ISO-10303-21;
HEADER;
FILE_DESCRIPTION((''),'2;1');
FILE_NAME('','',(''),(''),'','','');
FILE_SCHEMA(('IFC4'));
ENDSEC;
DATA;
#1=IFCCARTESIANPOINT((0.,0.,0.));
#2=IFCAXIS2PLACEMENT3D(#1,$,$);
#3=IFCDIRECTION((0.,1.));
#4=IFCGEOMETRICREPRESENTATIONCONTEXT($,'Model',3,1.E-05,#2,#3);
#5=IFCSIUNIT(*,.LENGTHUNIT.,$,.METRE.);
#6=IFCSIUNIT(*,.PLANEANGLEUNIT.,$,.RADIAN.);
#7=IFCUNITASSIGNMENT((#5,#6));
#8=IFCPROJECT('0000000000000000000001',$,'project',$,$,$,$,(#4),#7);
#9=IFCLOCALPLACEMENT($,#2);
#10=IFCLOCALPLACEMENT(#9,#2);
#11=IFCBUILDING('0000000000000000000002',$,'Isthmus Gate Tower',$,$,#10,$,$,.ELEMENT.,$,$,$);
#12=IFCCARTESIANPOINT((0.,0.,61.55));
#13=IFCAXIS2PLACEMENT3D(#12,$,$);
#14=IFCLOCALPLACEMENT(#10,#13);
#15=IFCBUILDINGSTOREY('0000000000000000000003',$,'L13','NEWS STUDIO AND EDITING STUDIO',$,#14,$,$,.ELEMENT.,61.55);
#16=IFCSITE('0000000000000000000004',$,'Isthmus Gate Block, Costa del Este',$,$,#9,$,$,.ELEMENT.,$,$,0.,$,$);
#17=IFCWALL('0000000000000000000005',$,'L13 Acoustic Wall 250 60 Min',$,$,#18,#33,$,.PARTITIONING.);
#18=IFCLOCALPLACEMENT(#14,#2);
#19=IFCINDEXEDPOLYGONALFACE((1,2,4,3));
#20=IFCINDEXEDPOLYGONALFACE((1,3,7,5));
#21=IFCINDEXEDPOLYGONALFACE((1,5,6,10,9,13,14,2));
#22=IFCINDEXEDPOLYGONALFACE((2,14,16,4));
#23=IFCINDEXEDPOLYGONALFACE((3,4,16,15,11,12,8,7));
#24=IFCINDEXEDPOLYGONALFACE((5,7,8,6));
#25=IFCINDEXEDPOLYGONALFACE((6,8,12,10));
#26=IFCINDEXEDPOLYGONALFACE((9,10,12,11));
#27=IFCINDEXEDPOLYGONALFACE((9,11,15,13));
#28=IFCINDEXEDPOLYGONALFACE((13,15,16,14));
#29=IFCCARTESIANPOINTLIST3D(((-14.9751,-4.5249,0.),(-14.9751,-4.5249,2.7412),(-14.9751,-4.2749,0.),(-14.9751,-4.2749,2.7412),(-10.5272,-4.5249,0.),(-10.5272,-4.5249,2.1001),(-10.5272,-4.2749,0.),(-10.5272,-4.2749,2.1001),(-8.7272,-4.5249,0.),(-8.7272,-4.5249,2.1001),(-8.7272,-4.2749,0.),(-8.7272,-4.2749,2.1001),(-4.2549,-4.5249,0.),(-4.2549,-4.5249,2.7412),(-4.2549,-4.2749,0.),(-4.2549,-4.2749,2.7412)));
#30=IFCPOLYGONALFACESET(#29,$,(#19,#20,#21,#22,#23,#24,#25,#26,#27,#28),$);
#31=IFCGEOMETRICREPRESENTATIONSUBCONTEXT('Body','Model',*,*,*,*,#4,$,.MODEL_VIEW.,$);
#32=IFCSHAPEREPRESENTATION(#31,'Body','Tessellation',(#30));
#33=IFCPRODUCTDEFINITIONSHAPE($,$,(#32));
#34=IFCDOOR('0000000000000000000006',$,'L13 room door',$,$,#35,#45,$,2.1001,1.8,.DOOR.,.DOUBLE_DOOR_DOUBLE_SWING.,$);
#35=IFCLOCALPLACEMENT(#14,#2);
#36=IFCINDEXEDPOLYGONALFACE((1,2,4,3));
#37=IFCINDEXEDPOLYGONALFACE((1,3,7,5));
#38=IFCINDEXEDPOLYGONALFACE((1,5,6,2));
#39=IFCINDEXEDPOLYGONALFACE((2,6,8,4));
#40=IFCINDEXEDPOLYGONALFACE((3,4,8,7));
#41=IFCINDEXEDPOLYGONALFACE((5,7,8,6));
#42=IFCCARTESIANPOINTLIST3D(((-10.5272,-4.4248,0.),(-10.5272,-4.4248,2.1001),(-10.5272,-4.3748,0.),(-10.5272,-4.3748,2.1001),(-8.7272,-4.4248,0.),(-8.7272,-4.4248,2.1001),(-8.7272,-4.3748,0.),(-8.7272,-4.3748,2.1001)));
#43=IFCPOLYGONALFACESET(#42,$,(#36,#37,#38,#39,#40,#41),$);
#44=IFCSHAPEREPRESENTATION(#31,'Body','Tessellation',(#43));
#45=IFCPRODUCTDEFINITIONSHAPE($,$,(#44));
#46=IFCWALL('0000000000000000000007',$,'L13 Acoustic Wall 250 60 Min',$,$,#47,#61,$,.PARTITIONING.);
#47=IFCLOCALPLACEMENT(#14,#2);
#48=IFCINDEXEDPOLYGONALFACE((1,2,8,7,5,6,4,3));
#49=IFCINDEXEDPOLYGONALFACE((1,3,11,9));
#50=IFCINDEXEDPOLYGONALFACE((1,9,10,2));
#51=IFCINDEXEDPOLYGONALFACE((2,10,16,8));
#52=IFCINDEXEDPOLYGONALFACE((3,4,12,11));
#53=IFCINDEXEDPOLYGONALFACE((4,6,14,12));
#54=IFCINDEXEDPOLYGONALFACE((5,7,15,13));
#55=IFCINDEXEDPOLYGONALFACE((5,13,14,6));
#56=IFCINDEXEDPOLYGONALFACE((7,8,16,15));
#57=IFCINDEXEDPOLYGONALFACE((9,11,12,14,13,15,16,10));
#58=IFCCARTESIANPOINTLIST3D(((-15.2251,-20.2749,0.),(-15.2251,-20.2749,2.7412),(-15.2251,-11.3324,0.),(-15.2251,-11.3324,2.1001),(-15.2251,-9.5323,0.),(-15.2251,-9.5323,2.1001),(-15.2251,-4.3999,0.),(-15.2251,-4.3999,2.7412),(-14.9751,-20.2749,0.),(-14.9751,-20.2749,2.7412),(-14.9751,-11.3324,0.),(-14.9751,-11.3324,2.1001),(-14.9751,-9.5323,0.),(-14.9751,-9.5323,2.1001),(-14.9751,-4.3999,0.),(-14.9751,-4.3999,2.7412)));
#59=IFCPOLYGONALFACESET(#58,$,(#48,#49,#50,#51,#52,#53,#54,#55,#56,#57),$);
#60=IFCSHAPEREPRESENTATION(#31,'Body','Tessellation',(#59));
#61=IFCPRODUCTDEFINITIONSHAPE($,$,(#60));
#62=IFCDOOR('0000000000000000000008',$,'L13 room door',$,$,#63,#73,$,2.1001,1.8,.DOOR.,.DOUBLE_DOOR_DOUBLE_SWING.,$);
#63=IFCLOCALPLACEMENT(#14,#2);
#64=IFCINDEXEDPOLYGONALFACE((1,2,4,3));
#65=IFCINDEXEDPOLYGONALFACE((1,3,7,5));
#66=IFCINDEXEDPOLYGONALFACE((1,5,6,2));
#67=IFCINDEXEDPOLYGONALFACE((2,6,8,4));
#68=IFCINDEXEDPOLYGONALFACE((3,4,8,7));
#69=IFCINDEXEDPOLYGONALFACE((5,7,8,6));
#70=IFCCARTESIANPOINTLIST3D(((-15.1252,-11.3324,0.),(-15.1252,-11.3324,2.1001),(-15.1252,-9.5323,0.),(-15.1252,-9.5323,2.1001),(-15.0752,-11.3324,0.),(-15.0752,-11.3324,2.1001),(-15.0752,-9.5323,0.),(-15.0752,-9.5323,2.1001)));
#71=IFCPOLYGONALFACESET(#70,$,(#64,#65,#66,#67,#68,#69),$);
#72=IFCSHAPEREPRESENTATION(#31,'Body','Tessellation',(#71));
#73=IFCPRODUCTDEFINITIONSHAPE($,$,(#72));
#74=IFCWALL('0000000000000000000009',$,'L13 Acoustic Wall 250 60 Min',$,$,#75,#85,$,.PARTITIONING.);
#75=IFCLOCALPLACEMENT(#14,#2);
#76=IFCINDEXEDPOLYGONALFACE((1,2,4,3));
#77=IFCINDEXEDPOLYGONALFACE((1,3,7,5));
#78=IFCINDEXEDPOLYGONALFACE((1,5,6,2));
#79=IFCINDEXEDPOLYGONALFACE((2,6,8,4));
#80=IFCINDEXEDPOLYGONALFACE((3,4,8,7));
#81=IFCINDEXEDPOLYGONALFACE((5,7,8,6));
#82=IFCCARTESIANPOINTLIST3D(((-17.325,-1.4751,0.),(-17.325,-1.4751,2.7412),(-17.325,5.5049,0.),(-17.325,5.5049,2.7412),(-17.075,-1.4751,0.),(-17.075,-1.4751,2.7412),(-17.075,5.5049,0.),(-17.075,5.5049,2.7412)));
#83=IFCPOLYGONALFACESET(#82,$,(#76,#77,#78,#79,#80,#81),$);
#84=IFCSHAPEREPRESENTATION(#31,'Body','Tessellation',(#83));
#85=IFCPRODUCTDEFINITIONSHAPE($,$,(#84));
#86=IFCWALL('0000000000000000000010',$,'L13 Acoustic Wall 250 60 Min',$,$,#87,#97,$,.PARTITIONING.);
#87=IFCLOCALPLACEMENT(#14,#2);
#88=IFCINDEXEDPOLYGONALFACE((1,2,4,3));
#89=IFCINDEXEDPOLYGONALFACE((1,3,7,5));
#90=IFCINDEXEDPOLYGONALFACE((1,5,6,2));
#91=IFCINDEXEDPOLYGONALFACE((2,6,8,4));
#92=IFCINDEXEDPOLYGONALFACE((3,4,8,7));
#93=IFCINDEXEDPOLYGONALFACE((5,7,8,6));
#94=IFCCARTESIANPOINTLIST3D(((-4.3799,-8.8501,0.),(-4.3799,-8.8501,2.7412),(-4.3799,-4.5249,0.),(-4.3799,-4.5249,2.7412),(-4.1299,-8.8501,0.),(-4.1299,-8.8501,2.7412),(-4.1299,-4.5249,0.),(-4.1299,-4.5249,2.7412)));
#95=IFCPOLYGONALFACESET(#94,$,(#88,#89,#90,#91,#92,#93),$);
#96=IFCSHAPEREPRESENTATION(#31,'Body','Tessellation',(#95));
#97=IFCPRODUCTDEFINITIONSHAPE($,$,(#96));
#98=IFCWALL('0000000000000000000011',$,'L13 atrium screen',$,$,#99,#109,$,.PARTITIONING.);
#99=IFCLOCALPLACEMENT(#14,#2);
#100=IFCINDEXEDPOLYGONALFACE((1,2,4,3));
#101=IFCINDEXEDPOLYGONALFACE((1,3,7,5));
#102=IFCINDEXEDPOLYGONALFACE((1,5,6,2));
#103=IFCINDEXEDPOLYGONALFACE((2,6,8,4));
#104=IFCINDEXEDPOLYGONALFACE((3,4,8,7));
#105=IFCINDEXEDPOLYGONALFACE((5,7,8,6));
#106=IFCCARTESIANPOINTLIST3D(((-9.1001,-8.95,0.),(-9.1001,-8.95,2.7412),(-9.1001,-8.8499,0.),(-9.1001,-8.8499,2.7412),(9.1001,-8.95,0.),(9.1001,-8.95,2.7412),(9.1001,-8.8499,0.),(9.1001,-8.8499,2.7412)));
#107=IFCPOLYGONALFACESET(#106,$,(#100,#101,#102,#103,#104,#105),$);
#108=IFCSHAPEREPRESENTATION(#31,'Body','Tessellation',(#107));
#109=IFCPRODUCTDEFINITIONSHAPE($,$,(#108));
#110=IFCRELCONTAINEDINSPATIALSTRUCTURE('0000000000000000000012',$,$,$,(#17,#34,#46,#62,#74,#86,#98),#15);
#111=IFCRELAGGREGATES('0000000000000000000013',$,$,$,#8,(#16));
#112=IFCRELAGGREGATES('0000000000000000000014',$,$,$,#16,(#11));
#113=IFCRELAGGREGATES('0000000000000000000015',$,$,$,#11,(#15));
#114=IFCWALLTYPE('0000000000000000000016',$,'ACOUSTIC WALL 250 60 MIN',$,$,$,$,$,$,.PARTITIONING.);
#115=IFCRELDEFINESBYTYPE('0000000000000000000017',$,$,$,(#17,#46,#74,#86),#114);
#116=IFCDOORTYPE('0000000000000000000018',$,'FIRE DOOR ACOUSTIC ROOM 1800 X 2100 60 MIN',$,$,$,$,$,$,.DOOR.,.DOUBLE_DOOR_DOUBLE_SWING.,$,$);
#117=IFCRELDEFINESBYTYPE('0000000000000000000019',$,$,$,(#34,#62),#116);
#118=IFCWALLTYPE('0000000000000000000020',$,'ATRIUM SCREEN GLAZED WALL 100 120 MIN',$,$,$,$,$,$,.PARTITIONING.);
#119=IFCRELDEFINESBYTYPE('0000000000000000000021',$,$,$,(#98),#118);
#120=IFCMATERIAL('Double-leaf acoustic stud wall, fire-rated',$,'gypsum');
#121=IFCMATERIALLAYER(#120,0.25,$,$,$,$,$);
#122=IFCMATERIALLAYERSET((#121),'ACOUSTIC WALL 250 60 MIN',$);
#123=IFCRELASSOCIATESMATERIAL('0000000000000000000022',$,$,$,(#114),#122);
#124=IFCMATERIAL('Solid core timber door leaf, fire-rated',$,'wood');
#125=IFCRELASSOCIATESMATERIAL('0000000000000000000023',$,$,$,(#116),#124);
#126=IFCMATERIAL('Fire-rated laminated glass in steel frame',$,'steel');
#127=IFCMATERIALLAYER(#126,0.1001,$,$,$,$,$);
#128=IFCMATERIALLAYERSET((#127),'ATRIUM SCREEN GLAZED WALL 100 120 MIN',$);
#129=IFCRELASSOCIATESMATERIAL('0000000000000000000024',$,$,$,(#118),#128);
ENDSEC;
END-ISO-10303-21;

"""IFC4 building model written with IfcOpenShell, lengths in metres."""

from ifc_helpers import new_model, si_unit, direction, frame, frame_2d, origin, place, context, subcontext, project, spatial, rectangle, extrude, material, layer, layer_set, type_object, element, fill, save


model = new_model("IFC4")

# Units and contexts
model_context = context("Model", 3, precision=1e-05, world=origin(), true_north=direction((0.0, 1.0)))
body_context = subcontext(model_context, "Body", "Model", "MODEL_VIEW")
ifc_project = project(units=[si_unit("LENGTHUNIT", "METRE"), si_unit("PLANEANGLEUNIT", "RADIAN")], contexts=[model_context])

# Site, building, storey
site_placement = place(None, origin())
site = spatial("IfcSite", under=ifc_project, at=site_placement, Name="Isthmus Gate Block, Costa del Este", CompositionType="ELEMENT", RefElevation=0.0)
building_placement = place(site_placement, origin())
building = spatial("IfcBuilding", under=site, at=building_placement, Name="Isthmus Gate Tower", CompositionType="ELEMENT")
storey_placement = place(building_placement, frame((0.0, 0.0, 61.55)))
storey = spatial("IfcBuildingStorey", under=building, at=storey_placement, Name="L13", Description="NEWS STUDIO AND EDITING STUDIO", CompositionType="ELEMENT", Elevation=61.55)

# Walls, openings, doors
ifc_material_1 = material(Name="Double-leaf acoustic stud wall, fire-rated", Category="gypsum")
ifc_layer_1 = layer(ifc_material_1, 0.25)
ifc_layer_set_1 = layer_set([ifc_layer_1], Name="ACOUSTIC WALL 250 60 MIN")
wall_type_1 = type_object("IfcWallType", Name="ACOUSTIC WALL 250 60 MIN", PredefinedType="PARTITIONING", material=ifc_layer_set_1)
wall_1_placement = place(storey_placement, frame((-4.2549, -4.3999, 0.0), z_axis=(0.0, 0.0, 1.0), x_axis=(-1.0, 0.0, 0.0)))
wall_1 = element("IfcWall", 1, at=wall_1_placement, inside=storey, type_object=wall_type_1, Name="L13 Acoustic Wall 250 60 Min", PredefinedType="PARTITIONING", context=body_context, shape_type="SweptSolid", body=[
    extrude(rectangle(XDim=10.7202, YDim=0.25, at=frame_2d((5.3601, 0.0))), origin(), (0.0, 0.0, 1.0), 2.7412),
])
opening_1_placement = place(wall_1_placement, frame((4.4724, 0.0, 0.0)))
opening_1 = element("IfcOpeningElement", 2, at=opening_1_placement, cuts=wall_1, PredefinedType="OPENING", context=body_context, shape_type="SweptSolid", body=[
    extrude(rectangle(XDim=1.8, YDim=2.1001, at=frame_2d((0.8999, 1.05))), frame((0.0, 0.135, 0.0), z_axis=(0.0, -1.0, 0.0), x_axis=(1.0, 0.0, 0.0)), (0.0, 0.0, 1.0), 0.27),
])
ifc_material_2 = material(Name="Solid core timber door leaf, fire-rated", Category="wood")
door_type_1 = type_object("IfcDoorType", Name="FIRE DOOR ACOUSTIC ROOM 1800 X 2100 60 MIN", OperationType="DOUBLE_DOOR_DOUBLE_SWING", PredefinedType="DOOR", material=ifc_material_2)
door_1_placement = place(opening_1_placement, origin())
door_1 = element("IfcDoor", 3, at=door_1_placement, inside=storey, type_object=door_type_1, Name="L13 room door", OperationType="DOUBLE_DOOR_DOUBLE_SWING", OverallHeight=2.1001, OverallWidth=1.8, PredefinedType="DOOR", context=body_context, shape_type="SweptSolid", body=[
    extrude(rectangle(XDim=1.8, YDim=2.1001, at=frame_2d((0.8999, 1.05))), frame((0.0, 0.0249, 0.0), z_axis=(0.0, -1.0, 0.0), x_axis=(1.0, 0.0, 0.0)), (0.0, 0.0, 1.0), 0.05),
])
fill(opening_1, door_1)
wall_2_placement = place(storey_placement, frame((-15.1001, -4.3999, 0.0), z_axis=(0.0, 0.0, 1.0), x_axis=(0.0, -1.0, 0.0)))
wall_2 = element("IfcWall", 4, at=wall_2_placement, inside=storey, type_object=wall_type_1, Name="L13 Acoustic Wall 250 60 Min", PredefinedType="PARTITIONING", context=body_context, shape_type="SweptSolid", body=[
    extrude(rectangle(XDim=15.875, YDim=0.25, at=frame_2d((7.9375, 0.0))), origin(), (0.0, 0.0, 1.0), 2.7412),
])
opening_2_placement = place(wall_2_placement, frame((5.1326, 0.0, 0.0)))
opening_2 = element("IfcOpeningElement", 5, at=opening_2_placement, cuts=wall_2, PredefinedType="OPENING", context=body_context, shape_type="SweptSolid", body=[
    extrude(rectangle(XDim=1.8, YDim=2.1001, at=frame_2d((0.8999, 1.05))), frame((0.0, 0.135, 0.0), z_axis=(0.0, -1.0, 0.0), x_axis=(1.0, 0.0, 0.0)), (0.0, 0.0, 1.0), 0.27),
])
door_2_placement = place(opening_2_placement, origin())
door_2 = element("IfcDoor", 6, at=door_2_placement, inside=storey, type_object=door_type_1, Name="L13 room door", OperationType="DOUBLE_DOOR_DOUBLE_SWING", OverallHeight=2.1001, OverallWidth=1.8, PredefinedType="DOOR", context=body_context, shape_type="SweptSolid", body=[
    extrude(rectangle(XDim=1.8, YDim=2.1001, at=frame_2d((0.8999, 1.05))), frame((0.0, 0.0249, 0.0), z_axis=(0.0, -1.0, 0.0), x_axis=(1.0, 0.0, 0.0)), (0.0, 0.0, 1.0), 0.05),
])
fill(opening_2, door_2)

# Walls
wall_3_placement = place(storey_placement, frame((-17.2, -1.4751, 0.0), z_axis=(0.0, 0.0, 1.0), x_axis=(0.0, 1.0, 0.0)))
element("IfcWall", 7, at=wall_3_placement, inside=storey, type_object=wall_type_1, Name="L13 Acoustic Wall 250 60 Min", PredefinedType="PARTITIONING", context=body_context, shape_type="SweptSolid", body=[
    extrude(rectangle(XDim=6.98, YDim=0.25, at=frame_2d((3.49, 0.0))), origin(), (0.0, 0.0, 1.0), 2.7412),
])
wall_4_placement = place(storey_placement, frame((-4.2549, -8.8501, 0.0), z_axis=(0.0, 0.0, 1.0), x_axis=(0.0, 1.0, 0.0)))
element("IfcWall", 8, at=wall_4_placement, inside=storey, type_object=wall_type_1, Name="L13 Acoustic Wall 250 60 Min", PredefinedType="PARTITIONING", context=body_context, shape_type="SweptSolid", body=[
    extrude(rectangle(XDim=4.3252, YDim=0.25, at=frame_2d((2.1626, 0.0))), origin(), (0.0, 0.0, 1.0), 2.7412),
])
ifc_material_3 = material(Name="Fire-rated laminated glass in steel frame", Category="steel")
ifc_layer_2 = layer(ifc_material_3, 0.1001)
ifc_layer_set_2 = layer_set([ifc_layer_2], Name="ATRIUM SCREEN GLAZED WALL 100 120 MIN")
wall_type_2 = type_object("IfcWallType", Name="ATRIUM SCREEN GLAZED WALL 100 120 MIN", PredefinedType="PARTITIONING", material=ifc_layer_set_2)
wall_5_placement = place(storey_placement, frame((-9.1001, -8.8999, 0.0), z_axis=(0.0, 0.0, 1.0), x_axis=(1.0, 0.0, 0.0)))
element("IfcWall", 9, at=wall_5_placement, inside=storey, type_object=wall_type_2, Name="L13 atrium screen", PredefinedType="PARTITIONING", context=body_context, shape_type="SweptSolid", body=[
    extrude(rectangle(XDim=18.2002, YDim=0.1001, at=frame_2d((9.1001, 0.0))), origin(), (0.0, 0.0, 1.0), 2.7412),
])

save(model, "model.ifc")
